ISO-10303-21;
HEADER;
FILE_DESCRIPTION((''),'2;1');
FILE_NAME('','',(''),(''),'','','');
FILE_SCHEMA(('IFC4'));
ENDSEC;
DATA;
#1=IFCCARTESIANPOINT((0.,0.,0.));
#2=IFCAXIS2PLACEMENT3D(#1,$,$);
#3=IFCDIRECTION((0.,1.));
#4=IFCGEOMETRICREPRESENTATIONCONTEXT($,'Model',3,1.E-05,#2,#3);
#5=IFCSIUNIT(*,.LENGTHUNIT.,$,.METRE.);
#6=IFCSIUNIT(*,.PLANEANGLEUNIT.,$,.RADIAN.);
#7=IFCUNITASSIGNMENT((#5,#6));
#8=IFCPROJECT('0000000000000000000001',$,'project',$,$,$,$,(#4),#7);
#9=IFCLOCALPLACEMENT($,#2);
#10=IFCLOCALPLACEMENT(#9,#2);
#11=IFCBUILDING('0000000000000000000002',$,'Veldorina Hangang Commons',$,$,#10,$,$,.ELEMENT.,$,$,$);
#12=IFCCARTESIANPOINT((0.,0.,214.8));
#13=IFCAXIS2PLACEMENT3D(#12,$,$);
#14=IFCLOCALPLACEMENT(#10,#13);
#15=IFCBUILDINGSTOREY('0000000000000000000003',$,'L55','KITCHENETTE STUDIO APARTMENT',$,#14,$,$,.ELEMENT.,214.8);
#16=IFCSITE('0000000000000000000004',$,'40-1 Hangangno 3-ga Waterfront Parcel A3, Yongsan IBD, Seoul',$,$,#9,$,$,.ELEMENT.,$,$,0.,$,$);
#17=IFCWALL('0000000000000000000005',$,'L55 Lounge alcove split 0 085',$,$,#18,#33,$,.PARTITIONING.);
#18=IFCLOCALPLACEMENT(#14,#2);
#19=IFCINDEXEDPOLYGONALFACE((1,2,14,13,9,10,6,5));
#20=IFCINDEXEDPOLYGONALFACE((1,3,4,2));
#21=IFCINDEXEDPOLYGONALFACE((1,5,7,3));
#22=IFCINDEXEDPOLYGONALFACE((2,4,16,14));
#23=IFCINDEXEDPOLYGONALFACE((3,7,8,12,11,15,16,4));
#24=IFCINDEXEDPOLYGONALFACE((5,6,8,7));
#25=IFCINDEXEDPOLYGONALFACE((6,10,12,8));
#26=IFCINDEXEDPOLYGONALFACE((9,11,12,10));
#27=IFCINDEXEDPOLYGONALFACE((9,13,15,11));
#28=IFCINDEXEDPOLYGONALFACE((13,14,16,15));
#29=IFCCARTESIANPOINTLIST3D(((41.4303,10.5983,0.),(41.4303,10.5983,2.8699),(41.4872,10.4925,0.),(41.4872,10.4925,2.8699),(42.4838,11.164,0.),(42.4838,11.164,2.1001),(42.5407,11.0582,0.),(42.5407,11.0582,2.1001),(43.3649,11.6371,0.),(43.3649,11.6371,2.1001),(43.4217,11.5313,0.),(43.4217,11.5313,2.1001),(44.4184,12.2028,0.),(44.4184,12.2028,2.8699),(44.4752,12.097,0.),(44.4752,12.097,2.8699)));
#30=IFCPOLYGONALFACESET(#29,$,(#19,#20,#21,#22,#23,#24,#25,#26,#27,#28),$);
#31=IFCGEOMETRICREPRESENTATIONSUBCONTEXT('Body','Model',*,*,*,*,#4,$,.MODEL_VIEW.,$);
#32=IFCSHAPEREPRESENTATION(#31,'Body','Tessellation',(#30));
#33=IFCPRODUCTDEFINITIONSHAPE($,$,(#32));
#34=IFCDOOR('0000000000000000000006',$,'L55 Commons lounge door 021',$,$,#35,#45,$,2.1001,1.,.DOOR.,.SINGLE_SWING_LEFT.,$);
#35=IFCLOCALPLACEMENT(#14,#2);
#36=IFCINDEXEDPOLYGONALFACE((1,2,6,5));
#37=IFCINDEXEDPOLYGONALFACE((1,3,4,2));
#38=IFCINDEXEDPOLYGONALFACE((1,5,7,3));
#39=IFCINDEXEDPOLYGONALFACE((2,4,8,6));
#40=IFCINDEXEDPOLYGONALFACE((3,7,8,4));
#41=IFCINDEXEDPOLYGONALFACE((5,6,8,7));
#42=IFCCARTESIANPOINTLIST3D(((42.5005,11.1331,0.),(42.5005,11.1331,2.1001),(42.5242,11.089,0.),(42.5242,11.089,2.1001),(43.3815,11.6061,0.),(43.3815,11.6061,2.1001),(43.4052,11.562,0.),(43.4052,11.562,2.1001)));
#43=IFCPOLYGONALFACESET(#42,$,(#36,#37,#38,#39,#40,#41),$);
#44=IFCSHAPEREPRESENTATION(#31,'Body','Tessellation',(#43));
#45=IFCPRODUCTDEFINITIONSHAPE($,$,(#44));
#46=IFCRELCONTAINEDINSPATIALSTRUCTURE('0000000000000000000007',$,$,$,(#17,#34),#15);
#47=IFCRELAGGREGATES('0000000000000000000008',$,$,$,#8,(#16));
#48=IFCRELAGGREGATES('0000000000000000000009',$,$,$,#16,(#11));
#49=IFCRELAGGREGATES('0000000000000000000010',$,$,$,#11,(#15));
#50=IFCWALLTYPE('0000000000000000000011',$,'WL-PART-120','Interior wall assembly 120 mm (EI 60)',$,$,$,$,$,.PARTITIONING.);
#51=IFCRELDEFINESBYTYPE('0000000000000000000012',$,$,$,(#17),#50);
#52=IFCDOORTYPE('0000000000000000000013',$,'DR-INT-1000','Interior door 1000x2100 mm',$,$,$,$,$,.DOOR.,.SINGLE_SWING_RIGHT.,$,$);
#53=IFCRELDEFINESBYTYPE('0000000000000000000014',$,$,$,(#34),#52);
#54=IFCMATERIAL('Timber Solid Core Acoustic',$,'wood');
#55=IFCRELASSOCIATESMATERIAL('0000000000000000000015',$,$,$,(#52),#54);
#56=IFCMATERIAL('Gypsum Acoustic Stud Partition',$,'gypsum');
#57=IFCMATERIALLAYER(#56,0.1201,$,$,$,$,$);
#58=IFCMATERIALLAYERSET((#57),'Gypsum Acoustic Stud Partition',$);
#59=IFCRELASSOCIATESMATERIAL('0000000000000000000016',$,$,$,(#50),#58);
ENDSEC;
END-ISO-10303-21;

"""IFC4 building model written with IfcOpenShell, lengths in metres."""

from ifc_helpers import new_model, si_unit, direction, frame, frame_2d, origin, place, context, subcontext, project, spatial, rectangle, extrude, material, layer, layer_set, type_object, element, fill, save


model = new_model("IFC4")

# Units and contexts
model_context = context("Model", 3, precision=1e-05, world=origin(), true_north=direction((0.0, 1.0)))
body_context = subcontext(model_context, "Body", "Model", "MODEL_VIEW")
ifc_project = project(units=[si_unit("LENGTHUNIT", "METRE"), si_unit("PLANEANGLEUNIT", "RADIAN")], contexts=[model_context])

# Site, building, storey
site_placement = place(None, origin())
site = spatial("IfcSite", under=ifc_project, at=site_placement, Name="40-1 Hangangno 3-ga Waterfront Parcel A3, Yongsan IBD, Seoul", CompositionType="ELEMENT", RefElevation=0.0)
building_placement = place(site_placement, origin())
building = spatial("IfcBuilding", under=site, at=building_placement, Name="Veldorina Hangang Commons", CompositionType="ELEMENT")
storey_placement = place(building_placement, frame((0.0, 0.0, 214.8)))
storey = spatial("IfcBuildingStorey", under=building, at=storey_placement, Name="L55", Description="KITCHENETTE STUDIO APARTMENT", CompositionType="ELEMENT", Elevation=214.8)

# Shared definitions
ifc_material_1 = material(Name="Timber Solid Core Acoustic", Category="wood")
door_type = type_object("IfcDoorType", Name="DR-INT-1000", Description="Interior door 1000x2100 mm", OperationType="SINGLE_SWING_RIGHT", PredefinedType="DOOR", material=ifc_material_1)

# Wall, opening, door
ifc_material_2 = material(Name="Gypsum Acoustic Stud Partition", Category="gypsum")
ifc_layer_1 = layer(ifc_material_2, 0.1201)
ifc_layer_set_1 = layer_set([ifc_layer_1], Name="Gypsum Acoustic Stud Partition")
wall_type_1 = type_object("IfcWallType", Name="WL-PART-120", Description="Interior wall assembly 120 mm (EI 60)", PredefinedType="PARTITIONING", material=ifc_layer_set_1)
wall_1_placement = place(storey_placement, frame((41.4587, 10.5454, 0.0), z_axis=(0.0, 0.0, 1.0), x_axis=(0.881018, 0.473082, 0.0)))
wall_1 = element("IfcWall", 1, at=wall_1_placement, inside=storey, type_object=wall_type_1, Name="L55 Lounge alcove split 0 085", PredefinedType="PARTITIONING", context=body_context, shape_type="SweptSolid", body=[
    extrude(rectangle(XDim=3.3916, YDim=0.1201, at=frame_2d((1.6958, 0.0))), origin(), (0.0, 0.0, 1.0), 2.8699),
])
opening_1_placement = place(wall_1_placement, frame((1.1958, 0.0, 0.0)))
opening_1 = element("IfcOpeningElement", 2, at=opening_1_placement, cuts=wall_1, PredefinedType="OPENING", context=body_context, shape_type="SweptSolid", body=[
    extrude(rectangle(XDim=1.0, YDim=2.1001, at=frame_2d((0.5, 1.05))), frame((0.0, 0.0701, 0.0), z_axis=(0.0, -1.0, 0.0), x_axis=(1.0, 0.0, 0.0)), (0.0, 0.0, 1.0), 0.1401),
])
door_1_placement = place(opening_1_placement, origin())
door_1 = element("IfcDoor", 3, at=door_1_placement, inside=storey, type_object=door_type, Name="L55 Commons lounge door 021", OperationType="SINGLE_SWING_LEFT", OverallHeight=2.1001, OverallWidth=1.0, PredefinedType="DOOR", context=body_context, shape_type="SweptSolid", body=[
    extrude(rectangle(XDim=1.0, YDim=2.1001, at=frame_2d((0.5, 1.05))), frame((0.0, 0.0249, 0.0), z_axis=(0.0, -1.0, 0.0), x_axis=(1.0, 0.0, 0.0)), (0.0, 0.0, 1.0), 0.05),
])
fill(opening_1, door_1)

save(model, "model.ifc")
